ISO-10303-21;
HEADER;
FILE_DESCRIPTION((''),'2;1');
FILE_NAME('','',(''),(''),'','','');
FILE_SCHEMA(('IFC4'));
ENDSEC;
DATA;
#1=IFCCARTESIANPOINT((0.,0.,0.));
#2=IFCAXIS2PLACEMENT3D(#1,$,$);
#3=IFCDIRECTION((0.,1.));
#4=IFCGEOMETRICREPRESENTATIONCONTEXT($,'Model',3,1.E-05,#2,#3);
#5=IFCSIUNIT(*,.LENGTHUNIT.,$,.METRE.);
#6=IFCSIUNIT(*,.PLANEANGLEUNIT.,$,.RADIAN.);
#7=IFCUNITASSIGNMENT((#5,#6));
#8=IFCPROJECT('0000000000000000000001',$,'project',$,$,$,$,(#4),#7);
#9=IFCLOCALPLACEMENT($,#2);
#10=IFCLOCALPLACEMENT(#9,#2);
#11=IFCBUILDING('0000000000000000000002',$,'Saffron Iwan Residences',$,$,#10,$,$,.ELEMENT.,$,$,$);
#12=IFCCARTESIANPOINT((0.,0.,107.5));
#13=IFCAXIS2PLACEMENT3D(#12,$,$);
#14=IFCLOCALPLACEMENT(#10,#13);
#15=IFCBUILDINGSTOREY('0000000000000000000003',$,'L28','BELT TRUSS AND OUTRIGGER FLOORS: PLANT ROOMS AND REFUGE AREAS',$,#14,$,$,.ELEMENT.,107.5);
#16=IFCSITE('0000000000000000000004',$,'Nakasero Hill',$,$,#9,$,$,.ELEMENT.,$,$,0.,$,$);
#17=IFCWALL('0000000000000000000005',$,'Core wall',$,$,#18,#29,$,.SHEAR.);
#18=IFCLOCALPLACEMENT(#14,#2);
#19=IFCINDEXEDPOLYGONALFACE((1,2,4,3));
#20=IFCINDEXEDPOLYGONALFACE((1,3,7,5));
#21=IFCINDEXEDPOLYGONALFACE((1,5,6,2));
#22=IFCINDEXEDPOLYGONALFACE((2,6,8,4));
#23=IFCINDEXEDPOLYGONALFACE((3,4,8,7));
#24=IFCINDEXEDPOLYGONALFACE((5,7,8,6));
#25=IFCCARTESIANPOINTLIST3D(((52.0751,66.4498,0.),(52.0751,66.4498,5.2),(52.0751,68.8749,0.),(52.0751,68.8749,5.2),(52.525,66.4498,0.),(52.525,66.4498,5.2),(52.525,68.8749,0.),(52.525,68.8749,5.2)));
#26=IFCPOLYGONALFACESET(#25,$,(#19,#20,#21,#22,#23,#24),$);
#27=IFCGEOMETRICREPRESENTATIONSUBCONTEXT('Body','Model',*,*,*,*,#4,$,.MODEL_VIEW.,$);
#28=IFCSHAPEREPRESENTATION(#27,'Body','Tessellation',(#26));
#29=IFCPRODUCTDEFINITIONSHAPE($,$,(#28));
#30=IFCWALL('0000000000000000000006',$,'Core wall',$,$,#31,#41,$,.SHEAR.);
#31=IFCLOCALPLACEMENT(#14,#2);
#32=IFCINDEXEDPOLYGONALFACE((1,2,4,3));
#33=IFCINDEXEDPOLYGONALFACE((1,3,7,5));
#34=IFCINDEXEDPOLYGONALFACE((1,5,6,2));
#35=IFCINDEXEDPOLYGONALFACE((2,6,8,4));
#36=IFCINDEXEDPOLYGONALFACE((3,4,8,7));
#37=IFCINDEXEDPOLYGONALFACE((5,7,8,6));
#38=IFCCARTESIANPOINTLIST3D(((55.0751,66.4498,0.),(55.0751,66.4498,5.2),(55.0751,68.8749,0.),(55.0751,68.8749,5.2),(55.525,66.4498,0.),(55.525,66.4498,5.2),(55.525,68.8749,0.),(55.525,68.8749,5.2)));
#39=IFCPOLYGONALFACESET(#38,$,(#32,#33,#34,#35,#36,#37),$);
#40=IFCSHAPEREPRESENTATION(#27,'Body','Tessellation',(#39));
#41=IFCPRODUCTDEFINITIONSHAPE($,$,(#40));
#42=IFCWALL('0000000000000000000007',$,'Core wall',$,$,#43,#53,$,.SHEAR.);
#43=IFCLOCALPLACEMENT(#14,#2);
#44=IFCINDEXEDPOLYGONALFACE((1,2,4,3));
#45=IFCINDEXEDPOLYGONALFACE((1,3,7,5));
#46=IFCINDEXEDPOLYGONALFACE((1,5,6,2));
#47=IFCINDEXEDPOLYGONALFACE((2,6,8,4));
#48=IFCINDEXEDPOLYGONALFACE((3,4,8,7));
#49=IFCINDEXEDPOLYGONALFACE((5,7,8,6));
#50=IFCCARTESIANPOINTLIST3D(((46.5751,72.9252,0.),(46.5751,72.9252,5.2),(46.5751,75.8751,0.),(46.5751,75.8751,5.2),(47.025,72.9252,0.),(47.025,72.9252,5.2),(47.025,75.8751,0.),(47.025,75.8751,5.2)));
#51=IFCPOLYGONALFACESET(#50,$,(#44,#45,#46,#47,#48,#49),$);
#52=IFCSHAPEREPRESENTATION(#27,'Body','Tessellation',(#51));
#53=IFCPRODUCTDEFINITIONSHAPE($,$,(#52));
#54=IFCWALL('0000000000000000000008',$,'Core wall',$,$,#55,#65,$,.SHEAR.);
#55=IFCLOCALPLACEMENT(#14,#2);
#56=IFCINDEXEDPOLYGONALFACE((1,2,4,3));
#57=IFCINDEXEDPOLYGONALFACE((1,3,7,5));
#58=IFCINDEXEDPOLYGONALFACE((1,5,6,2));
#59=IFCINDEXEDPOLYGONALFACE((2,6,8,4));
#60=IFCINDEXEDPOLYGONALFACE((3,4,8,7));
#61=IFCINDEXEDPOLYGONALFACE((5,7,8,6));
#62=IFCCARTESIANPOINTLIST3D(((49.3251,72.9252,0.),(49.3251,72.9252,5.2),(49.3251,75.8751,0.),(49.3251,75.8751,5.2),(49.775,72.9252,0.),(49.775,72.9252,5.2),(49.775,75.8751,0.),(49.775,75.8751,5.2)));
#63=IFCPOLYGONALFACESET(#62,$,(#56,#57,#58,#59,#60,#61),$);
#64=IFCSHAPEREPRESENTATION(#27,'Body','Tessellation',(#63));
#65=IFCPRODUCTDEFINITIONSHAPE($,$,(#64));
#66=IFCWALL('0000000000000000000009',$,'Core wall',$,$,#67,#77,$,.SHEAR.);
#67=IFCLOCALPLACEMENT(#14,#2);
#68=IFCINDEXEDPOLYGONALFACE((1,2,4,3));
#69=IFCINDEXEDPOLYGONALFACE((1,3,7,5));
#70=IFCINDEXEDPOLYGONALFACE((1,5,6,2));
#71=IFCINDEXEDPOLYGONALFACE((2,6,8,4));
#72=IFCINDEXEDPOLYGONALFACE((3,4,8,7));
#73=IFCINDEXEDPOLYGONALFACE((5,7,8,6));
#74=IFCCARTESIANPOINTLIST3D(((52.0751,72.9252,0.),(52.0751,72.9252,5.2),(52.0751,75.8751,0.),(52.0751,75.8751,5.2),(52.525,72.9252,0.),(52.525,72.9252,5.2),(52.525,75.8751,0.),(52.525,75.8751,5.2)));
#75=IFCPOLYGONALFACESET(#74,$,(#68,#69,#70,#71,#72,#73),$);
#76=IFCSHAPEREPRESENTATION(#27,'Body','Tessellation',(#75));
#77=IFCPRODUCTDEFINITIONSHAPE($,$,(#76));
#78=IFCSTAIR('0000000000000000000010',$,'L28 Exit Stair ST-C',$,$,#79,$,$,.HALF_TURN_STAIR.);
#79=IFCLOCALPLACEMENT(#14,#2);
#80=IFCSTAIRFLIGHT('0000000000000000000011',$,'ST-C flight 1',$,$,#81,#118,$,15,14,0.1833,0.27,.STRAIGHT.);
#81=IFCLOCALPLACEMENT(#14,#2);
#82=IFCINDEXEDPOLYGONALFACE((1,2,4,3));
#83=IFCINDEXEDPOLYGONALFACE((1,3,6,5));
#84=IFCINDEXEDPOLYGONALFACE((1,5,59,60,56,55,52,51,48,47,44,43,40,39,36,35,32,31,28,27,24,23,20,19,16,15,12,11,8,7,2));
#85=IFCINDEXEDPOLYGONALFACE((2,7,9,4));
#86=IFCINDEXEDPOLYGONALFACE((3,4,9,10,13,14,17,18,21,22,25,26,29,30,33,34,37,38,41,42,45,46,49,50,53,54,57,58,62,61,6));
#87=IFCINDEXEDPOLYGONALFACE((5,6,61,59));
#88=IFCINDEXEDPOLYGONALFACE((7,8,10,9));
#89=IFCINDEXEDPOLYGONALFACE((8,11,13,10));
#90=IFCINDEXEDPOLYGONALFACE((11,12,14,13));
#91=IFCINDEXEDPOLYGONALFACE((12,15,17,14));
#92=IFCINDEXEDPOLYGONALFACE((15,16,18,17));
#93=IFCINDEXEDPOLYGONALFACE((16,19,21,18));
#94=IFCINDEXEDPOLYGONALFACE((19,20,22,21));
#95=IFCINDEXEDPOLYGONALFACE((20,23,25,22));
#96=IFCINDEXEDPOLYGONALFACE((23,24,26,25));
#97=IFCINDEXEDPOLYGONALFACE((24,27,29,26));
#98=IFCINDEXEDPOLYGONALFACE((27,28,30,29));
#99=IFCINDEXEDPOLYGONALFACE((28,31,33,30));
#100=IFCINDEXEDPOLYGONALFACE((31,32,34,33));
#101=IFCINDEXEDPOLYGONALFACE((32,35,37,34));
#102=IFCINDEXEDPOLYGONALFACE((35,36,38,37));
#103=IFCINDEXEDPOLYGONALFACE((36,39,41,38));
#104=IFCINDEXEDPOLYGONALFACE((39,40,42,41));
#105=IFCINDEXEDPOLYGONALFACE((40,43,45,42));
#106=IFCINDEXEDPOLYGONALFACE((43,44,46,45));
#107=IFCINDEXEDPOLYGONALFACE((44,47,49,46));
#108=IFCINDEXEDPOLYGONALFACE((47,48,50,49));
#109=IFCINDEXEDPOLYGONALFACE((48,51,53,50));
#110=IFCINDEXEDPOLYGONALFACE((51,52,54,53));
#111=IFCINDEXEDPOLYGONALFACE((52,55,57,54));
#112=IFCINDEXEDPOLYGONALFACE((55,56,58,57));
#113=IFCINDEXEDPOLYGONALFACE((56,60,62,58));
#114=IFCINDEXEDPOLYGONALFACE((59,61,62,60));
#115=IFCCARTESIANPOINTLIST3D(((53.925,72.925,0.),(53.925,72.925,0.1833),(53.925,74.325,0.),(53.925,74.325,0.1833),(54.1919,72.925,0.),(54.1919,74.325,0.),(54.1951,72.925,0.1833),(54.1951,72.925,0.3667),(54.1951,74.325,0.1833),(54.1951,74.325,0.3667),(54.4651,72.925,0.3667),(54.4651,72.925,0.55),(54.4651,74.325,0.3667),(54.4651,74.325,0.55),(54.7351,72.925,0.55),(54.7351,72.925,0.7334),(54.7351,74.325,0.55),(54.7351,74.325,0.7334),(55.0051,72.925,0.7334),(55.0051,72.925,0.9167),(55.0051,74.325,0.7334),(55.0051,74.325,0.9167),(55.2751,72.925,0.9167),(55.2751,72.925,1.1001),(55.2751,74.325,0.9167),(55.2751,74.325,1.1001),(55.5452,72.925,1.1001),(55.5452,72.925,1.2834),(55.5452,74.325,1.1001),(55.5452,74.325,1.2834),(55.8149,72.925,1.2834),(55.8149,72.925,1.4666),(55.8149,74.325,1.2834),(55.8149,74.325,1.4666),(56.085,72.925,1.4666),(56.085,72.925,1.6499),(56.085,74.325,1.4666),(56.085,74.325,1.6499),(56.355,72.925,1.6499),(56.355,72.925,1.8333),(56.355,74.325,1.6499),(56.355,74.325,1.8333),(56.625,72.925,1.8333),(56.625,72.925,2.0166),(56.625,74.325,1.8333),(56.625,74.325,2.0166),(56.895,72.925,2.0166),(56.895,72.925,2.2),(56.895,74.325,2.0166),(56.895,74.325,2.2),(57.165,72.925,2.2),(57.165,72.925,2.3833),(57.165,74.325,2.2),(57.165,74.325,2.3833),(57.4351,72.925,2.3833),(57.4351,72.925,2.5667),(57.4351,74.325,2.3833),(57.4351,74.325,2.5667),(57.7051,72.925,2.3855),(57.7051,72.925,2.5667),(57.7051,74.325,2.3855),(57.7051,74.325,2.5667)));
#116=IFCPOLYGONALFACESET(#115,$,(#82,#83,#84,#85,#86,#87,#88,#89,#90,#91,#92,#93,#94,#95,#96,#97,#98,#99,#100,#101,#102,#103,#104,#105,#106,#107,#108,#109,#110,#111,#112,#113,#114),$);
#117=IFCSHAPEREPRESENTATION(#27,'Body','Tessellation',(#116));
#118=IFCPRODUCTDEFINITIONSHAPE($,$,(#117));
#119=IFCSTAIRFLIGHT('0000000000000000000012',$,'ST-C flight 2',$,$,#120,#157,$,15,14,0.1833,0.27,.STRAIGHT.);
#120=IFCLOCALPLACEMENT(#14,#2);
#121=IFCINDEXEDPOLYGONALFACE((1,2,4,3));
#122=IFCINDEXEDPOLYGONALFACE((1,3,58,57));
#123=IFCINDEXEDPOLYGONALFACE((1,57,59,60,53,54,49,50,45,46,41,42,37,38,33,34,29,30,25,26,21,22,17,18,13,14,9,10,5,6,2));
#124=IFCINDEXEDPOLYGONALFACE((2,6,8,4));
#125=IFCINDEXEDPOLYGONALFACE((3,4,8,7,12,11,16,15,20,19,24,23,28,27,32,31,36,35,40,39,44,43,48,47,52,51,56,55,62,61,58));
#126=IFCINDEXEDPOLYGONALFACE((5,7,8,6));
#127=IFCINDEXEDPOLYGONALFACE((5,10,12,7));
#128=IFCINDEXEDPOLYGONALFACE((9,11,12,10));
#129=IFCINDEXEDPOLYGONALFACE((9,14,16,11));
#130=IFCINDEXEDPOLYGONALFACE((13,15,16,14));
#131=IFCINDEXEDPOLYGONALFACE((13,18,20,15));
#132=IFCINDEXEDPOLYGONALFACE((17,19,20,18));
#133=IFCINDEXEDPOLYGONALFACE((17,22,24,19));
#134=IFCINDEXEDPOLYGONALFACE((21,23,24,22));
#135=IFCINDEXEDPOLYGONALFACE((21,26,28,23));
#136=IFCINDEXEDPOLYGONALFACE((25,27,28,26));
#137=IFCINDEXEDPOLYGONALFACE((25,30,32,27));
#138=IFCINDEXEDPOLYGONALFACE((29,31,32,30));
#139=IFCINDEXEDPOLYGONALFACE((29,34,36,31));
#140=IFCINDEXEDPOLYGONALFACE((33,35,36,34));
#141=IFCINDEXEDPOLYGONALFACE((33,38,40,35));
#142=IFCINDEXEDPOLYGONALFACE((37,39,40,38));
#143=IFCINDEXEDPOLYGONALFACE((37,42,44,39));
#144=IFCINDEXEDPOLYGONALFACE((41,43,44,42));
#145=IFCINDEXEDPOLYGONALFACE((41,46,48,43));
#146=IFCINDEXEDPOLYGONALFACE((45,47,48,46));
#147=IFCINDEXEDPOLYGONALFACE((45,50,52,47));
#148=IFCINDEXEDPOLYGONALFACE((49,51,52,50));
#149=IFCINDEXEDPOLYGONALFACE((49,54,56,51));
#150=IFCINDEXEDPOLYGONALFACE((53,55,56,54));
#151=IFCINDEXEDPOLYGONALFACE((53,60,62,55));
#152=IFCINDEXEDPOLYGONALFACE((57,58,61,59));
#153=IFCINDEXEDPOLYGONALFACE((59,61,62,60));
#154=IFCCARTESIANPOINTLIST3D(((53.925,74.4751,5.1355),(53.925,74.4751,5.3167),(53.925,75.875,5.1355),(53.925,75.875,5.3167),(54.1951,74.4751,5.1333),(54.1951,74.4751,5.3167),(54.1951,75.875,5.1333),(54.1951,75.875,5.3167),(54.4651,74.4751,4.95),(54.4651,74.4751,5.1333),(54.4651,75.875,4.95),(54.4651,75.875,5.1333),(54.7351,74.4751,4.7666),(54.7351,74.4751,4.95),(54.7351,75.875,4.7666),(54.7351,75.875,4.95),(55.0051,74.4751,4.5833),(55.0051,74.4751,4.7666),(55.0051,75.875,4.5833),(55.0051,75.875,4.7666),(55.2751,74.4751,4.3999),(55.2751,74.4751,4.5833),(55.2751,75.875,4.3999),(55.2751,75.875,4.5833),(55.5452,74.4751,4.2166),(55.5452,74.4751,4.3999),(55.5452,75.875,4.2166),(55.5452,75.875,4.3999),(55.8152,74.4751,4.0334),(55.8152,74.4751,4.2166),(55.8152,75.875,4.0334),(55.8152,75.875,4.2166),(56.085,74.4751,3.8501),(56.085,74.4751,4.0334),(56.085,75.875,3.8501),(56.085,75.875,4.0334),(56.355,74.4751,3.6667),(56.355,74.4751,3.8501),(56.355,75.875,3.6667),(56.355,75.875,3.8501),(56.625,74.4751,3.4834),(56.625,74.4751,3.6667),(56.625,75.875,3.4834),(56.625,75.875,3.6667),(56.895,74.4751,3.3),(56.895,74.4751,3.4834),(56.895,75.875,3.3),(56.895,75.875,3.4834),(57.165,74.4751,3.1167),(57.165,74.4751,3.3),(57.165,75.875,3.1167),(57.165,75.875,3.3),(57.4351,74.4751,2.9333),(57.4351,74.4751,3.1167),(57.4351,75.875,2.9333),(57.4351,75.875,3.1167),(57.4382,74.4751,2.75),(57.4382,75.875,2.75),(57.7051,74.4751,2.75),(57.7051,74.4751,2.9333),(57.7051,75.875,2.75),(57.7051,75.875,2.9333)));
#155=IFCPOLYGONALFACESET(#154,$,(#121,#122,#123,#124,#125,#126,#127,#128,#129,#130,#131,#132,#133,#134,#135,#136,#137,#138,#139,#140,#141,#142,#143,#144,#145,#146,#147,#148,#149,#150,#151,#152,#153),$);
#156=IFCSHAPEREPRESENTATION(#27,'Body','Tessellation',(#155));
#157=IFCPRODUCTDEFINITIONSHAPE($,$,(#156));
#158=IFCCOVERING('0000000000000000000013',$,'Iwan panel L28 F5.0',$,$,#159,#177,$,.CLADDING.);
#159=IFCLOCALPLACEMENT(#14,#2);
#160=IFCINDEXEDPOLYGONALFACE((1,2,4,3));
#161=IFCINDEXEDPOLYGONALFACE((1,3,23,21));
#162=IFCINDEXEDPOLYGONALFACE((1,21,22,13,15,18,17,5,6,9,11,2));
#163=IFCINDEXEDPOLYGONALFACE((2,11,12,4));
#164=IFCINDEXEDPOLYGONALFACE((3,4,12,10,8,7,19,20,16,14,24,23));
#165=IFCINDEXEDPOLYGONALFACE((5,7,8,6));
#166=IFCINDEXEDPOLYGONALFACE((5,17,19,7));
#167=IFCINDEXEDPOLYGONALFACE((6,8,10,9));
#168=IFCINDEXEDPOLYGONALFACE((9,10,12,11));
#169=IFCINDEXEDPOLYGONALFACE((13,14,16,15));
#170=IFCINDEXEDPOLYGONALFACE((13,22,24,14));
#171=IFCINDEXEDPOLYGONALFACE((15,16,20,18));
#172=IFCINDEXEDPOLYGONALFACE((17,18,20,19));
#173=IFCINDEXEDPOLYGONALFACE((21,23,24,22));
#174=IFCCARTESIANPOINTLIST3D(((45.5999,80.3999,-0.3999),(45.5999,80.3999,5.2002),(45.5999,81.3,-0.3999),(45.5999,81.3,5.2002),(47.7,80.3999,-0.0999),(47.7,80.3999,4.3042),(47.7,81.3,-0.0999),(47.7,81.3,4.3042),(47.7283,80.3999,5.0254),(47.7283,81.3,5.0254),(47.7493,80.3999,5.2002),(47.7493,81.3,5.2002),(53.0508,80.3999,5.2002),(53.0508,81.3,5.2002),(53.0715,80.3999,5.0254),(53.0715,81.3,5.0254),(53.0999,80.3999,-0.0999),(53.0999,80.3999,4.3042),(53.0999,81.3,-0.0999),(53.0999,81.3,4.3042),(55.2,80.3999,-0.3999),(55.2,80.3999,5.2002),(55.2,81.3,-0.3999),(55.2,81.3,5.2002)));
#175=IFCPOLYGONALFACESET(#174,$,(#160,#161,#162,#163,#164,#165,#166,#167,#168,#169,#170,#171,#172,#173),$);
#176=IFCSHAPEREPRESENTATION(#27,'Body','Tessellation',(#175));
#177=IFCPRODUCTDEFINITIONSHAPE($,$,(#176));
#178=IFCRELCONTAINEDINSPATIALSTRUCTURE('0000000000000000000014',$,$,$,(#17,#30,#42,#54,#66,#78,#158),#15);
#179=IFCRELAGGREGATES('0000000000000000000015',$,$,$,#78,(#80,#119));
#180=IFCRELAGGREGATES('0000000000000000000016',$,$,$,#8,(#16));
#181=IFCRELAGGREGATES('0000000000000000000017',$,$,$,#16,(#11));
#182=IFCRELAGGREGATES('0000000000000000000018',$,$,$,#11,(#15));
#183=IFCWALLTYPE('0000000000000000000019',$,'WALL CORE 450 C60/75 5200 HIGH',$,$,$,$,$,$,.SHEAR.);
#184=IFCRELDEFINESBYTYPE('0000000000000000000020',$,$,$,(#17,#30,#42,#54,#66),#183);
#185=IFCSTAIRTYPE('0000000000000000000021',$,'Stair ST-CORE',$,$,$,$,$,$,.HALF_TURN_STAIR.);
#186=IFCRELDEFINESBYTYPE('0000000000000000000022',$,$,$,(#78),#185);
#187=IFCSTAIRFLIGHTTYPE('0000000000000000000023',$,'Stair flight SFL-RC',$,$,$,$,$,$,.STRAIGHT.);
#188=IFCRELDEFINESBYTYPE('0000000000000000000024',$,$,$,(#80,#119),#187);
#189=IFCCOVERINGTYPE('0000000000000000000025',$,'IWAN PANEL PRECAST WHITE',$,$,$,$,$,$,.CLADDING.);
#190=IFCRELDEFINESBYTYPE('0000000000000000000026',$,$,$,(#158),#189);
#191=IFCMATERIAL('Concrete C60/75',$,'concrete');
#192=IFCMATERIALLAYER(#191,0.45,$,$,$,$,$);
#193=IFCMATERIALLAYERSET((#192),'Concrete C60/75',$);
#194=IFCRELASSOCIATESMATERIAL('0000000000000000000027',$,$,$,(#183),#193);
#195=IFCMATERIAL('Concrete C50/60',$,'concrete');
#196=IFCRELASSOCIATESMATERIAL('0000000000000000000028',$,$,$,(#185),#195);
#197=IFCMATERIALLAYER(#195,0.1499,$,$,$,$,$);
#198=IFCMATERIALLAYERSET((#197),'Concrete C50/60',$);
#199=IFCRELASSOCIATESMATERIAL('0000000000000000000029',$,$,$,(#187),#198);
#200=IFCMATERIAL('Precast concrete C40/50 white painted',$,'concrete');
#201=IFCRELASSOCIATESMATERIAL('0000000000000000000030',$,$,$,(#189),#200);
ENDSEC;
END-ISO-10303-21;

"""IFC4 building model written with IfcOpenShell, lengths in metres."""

from ifc_helpers import new_model, si_unit, direction, frame, frame_2d, origin, place, context, subcontext, project, spatial, polyline, rectangle, outline, extrude, material, layer, layer_set, type_object, element, aggregate, save


model = new_model("IFC4")

# Units and contexts
model_context = context("Model", 3, precision=1e-05, world=origin(), true_north=direction((0.0, 1.0)))
body_context = subcontext(model_context, "Body", "Model", "MODEL_VIEW")
ifc_project = project(units=[si_unit("LENGTHUNIT", "METRE"), si_unit("PLANEANGLEUNIT", "RADIAN")], contexts=[model_context])

# Site, building, storey
site_placement = place(None, origin())
site = spatial("IfcSite", under=ifc_project, at=site_placement, Name="Nakasero Hill", CompositionType="ELEMENT", RefElevation=0.0)
building_placement = place(site_placement, origin())
building = spatial("IfcBuilding", under=site, at=building_placement, Name="Saffron Iwan Residences", CompositionType="ELEMENT")
storey_placement = place(building_placement, frame((0.0, 0.0, 107.5)))
storey = spatial("IfcBuildingStorey", under=building, at=storey_placement, Name="L28", Description="BELT TRUSS AND OUTRIGGER FLOORS: PLANT ROOMS AND REFUGE AREAS", CompositionType="ELEMENT", Elevation=107.5)

# Shared definitions
ifc_material_1 = material(Name="Concrete C60/75", Category="concrete")

# Walls
ifc_layer_1 = layer(ifc_material_1, 0.45)
ifc_layer_set_1 = layer_set([ifc_layer_1], Name="Concrete C60/75")
wall_type_1 = type_object("IfcWallType", Name="WALL CORE 450 C60/75 5200 HIGH", PredefinedType="SHEAR", material=ifc_layer_set_1)
for number, where, z_axis, x_axis, name in (
    (1, (52.3, 66.45, 0.0), (0.0, 0.0, 1.0), (0.0, 1.0, 0.0), "Core wall"),
    (2, (55.3, 66.45, 0.0), (0.0, 0.0, 1.0), (0.0, 1.0, 0.0), "Core wall"),
):
    element("IfcWall", number, at=place(storey_placement, frame(where, z_axis=z_axis, x_axis=x_axis)), inside=storey, type_object=wall_type_1, Name=name, PredefinedType="SHEAR", context=body_context, shape_type="SweptSolid", body=[
        extrude(rectangle(XDim=2.425, YDim=0.45, at=frame_2d((1.2124, 0.0))), origin(), (0.0, 0.0, 1.0), 5.2),
    ])
for number, where, z_axis, x_axis, name in (
    (3, (46.8, 72.925, 0.0), (0.0, 0.0, 1.0), (0.0, 1.0, 0.0), "Core wall"),
    (4, (49.55, 72.925, 0.0), (0.0, 0.0, 1.0), (0.0, 1.0, 0.0), "Core wall"),
    (5, (52.3, 72.925, 0.0), (0.0, 0.0, 1.0), (0.0, 1.0, 0.0), "Core wall"),
):
    element("IfcWall", number, at=place(storey_placement, frame(where, z_axis=z_axis, x_axis=x_axis)), inside=storey, type_object=wall_type_1, Name=name, PredefinedType="SHEAR", context=body_context, shape_type="SweptSolid", body=[
        extrude(rectangle(XDim=2.95, YDim=0.45, at=frame_2d((1.4751, 0.0))), origin(), (0.0, 0.0, 1.0), 5.2),
    ])

# Stair, stair flights
ifc_material_2 = material(Name="Concrete C50/60", Category="concrete")
stair_type = type_object("IfcStairType", Name="Stair ST-CORE", PredefinedType="HALF_TURN_STAIR", material=ifc_material_2)
stair_placement = place(storey_placement, origin())
stair = element("IfcStair", 6, at=stair_placement, inside=storey, type_object=stair_type, Name="L28 Exit Stair ST-C", PredefinedType="HALF_TURN_STAIR")
ifc_layer_2 = layer(ifc_material_2, 0.1499)
ifc_layer_set_2 = layer_set([ifc_layer_2], Name="Concrete C50/60")
stair_flight_type = type_object("IfcStairFlightType", Name="Stair flight SFL-RC", PredefinedType="STRAIGHT", material=ifc_layer_set_2)
stair_flight_1_placement = place(storey_placement, frame((53.925, 73.625, 0.0), z_axis=(0.0, 0.0, 1.0), x_axis=(1.0, 0.0, 0.0)))
stair_flight_1 = element("IfcStairFlight", 7, at=stair_flight_1_placement, type_object=stair_flight_type, Name="ST-C flight 1", NumberOfRisers=15, NumberOfTreads=14, PredefinedType="STRAIGHT", RiserHeight=0.1833, TreadLength=0.27, context=body_context, shape_type="SweptSolid", body=[
    extrude(outline(polyline([(0.0, 0.0), (0.0, 0.1833), (0.27, 0.1833), (0.27, 0.3667), (0.54, 0.3667), (0.54, 0.55), (0.8101, 0.55), (0.8101, 0.7334), (1.0801, 0.7334), (1.0801, 0.9167), (1.3501, 0.9167), (1.3501, 1.1001), (1.6201, 1.1001), (1.6201, 1.2834), (1.8899, 1.2834), (1.8899, 1.4666), (2.1599, 1.4666), (2.1599, 1.6499), (2.4299, 1.6499), (2.4299, 1.8333), (2.7, 1.8333), (2.7, 2.0166), (2.97, 2.0166), (2.97, 2.2), (3.24, 2.2), (3.24, 2.3833), (3.51, 2.3833), (3.51, 2.5667), (3.78, 2.5667), (3.78, 2.75), (3.78, 2.3855), (0.2668, 0.0), (0.0, 0.0)])), frame((0.0, 0.7, 0.0), z_axis=(0.0, -1.0, 0.0), x_axis=(1.0, 0.0, 0.0)), (0.0, 0.0, 1.0), 1.3999),
])
stair_flight_2_placement = place(storey_placement, frame((57.7051, 75.175, 2.75), z_axis=(0.0, 0.0, 1.0), x_axis=(-1.0, 0.0, 0.0)))
stair_flight_2 = element("IfcStairFlight", 8, at=stair_flight_2_placement, type_object=stair_flight_type, Name="ST-C flight 2", NumberOfRisers=15, NumberOfTreads=14, PredefinedType="STRAIGHT", RiserHeight=0.1833, TreadLength=0.27, context=body_context, shape_type="SweptSolid", body=[
    extrude(outline(polyline([(0.0, 0.0), (0.0, 0.1833), (0.27, 0.1833), (0.27, 0.3667), (0.54, 0.3667), (0.54, 0.55), (0.8101, 0.55), (0.8101, 0.7334), (1.0801, 0.7334), (1.0801, 0.9167), (1.3501, 0.9167), (1.3501, 1.1001), (1.6201, 1.1001), (1.6201, 1.2834), (1.8899, 1.2834), (1.8899, 1.4666), (2.1599, 1.4666), (2.1599, 1.6499), (2.4299, 1.6499), (2.4299, 1.8333), (2.7, 1.8333), (2.7, 2.0166), (2.97, 2.0166), (2.97, 2.2), (3.24, 2.2), (3.24, 2.3833), (3.51, 2.3833), (3.51, 2.5667), (3.78, 2.5667), (3.78, 2.75), (3.78, 2.3855), (0.2668, 0.0), (0.0, 0.0)])), frame((0.0, 0.7, 0.0), z_axis=(0.0, -1.0, 0.0), x_axis=(1.0, 0.0, 0.0)), (0.0, 0.0, 1.0), 1.3999),
])
aggregate(stair, [stair_flight_1, stair_flight_2])

# Covering
ifc_material_3 = material(Name="Precast concrete C40/50 white painted", Category="concrete")
covering_type_1 = type_object("IfcCoveringType", Name="IWAN PANEL PRECAST WHITE", PredefinedType="CLADDING", material=ifc_material_3)
covering_1_placement = place(storey_placement, frame((55.2, 80.3999, -0.3999), z_axis=(0.0, 1.0, 0.0), x_axis=(-1.0, 0.0, 0.0)))
element("IfcCovering", 9, at=covering_1_placement, inside=storey, type_object=covering_type_1, Name="Iwan panel L28 F5.0", PredefinedType="CLADDING", context=body_context, shape_type="SweptSolid", body=[
    extrude(outline(polyline([(9.6001, 5.6001), (9.6001, 0.0), (0.0, 0.0), (0.0, 5.6001), (2.1492, 5.6001), (2.1284, 5.4253), (2.1001, 4.7041), (2.1001, 0.3), (7.5, 0.3), (7.5, 4.7041), (7.4717, 5.4253), (7.4507, 5.6001), (9.6001, 5.6001)])), origin(), (0.0, 0.0, 1.0), 0.9001),
])

save(model, "model.ifc")
